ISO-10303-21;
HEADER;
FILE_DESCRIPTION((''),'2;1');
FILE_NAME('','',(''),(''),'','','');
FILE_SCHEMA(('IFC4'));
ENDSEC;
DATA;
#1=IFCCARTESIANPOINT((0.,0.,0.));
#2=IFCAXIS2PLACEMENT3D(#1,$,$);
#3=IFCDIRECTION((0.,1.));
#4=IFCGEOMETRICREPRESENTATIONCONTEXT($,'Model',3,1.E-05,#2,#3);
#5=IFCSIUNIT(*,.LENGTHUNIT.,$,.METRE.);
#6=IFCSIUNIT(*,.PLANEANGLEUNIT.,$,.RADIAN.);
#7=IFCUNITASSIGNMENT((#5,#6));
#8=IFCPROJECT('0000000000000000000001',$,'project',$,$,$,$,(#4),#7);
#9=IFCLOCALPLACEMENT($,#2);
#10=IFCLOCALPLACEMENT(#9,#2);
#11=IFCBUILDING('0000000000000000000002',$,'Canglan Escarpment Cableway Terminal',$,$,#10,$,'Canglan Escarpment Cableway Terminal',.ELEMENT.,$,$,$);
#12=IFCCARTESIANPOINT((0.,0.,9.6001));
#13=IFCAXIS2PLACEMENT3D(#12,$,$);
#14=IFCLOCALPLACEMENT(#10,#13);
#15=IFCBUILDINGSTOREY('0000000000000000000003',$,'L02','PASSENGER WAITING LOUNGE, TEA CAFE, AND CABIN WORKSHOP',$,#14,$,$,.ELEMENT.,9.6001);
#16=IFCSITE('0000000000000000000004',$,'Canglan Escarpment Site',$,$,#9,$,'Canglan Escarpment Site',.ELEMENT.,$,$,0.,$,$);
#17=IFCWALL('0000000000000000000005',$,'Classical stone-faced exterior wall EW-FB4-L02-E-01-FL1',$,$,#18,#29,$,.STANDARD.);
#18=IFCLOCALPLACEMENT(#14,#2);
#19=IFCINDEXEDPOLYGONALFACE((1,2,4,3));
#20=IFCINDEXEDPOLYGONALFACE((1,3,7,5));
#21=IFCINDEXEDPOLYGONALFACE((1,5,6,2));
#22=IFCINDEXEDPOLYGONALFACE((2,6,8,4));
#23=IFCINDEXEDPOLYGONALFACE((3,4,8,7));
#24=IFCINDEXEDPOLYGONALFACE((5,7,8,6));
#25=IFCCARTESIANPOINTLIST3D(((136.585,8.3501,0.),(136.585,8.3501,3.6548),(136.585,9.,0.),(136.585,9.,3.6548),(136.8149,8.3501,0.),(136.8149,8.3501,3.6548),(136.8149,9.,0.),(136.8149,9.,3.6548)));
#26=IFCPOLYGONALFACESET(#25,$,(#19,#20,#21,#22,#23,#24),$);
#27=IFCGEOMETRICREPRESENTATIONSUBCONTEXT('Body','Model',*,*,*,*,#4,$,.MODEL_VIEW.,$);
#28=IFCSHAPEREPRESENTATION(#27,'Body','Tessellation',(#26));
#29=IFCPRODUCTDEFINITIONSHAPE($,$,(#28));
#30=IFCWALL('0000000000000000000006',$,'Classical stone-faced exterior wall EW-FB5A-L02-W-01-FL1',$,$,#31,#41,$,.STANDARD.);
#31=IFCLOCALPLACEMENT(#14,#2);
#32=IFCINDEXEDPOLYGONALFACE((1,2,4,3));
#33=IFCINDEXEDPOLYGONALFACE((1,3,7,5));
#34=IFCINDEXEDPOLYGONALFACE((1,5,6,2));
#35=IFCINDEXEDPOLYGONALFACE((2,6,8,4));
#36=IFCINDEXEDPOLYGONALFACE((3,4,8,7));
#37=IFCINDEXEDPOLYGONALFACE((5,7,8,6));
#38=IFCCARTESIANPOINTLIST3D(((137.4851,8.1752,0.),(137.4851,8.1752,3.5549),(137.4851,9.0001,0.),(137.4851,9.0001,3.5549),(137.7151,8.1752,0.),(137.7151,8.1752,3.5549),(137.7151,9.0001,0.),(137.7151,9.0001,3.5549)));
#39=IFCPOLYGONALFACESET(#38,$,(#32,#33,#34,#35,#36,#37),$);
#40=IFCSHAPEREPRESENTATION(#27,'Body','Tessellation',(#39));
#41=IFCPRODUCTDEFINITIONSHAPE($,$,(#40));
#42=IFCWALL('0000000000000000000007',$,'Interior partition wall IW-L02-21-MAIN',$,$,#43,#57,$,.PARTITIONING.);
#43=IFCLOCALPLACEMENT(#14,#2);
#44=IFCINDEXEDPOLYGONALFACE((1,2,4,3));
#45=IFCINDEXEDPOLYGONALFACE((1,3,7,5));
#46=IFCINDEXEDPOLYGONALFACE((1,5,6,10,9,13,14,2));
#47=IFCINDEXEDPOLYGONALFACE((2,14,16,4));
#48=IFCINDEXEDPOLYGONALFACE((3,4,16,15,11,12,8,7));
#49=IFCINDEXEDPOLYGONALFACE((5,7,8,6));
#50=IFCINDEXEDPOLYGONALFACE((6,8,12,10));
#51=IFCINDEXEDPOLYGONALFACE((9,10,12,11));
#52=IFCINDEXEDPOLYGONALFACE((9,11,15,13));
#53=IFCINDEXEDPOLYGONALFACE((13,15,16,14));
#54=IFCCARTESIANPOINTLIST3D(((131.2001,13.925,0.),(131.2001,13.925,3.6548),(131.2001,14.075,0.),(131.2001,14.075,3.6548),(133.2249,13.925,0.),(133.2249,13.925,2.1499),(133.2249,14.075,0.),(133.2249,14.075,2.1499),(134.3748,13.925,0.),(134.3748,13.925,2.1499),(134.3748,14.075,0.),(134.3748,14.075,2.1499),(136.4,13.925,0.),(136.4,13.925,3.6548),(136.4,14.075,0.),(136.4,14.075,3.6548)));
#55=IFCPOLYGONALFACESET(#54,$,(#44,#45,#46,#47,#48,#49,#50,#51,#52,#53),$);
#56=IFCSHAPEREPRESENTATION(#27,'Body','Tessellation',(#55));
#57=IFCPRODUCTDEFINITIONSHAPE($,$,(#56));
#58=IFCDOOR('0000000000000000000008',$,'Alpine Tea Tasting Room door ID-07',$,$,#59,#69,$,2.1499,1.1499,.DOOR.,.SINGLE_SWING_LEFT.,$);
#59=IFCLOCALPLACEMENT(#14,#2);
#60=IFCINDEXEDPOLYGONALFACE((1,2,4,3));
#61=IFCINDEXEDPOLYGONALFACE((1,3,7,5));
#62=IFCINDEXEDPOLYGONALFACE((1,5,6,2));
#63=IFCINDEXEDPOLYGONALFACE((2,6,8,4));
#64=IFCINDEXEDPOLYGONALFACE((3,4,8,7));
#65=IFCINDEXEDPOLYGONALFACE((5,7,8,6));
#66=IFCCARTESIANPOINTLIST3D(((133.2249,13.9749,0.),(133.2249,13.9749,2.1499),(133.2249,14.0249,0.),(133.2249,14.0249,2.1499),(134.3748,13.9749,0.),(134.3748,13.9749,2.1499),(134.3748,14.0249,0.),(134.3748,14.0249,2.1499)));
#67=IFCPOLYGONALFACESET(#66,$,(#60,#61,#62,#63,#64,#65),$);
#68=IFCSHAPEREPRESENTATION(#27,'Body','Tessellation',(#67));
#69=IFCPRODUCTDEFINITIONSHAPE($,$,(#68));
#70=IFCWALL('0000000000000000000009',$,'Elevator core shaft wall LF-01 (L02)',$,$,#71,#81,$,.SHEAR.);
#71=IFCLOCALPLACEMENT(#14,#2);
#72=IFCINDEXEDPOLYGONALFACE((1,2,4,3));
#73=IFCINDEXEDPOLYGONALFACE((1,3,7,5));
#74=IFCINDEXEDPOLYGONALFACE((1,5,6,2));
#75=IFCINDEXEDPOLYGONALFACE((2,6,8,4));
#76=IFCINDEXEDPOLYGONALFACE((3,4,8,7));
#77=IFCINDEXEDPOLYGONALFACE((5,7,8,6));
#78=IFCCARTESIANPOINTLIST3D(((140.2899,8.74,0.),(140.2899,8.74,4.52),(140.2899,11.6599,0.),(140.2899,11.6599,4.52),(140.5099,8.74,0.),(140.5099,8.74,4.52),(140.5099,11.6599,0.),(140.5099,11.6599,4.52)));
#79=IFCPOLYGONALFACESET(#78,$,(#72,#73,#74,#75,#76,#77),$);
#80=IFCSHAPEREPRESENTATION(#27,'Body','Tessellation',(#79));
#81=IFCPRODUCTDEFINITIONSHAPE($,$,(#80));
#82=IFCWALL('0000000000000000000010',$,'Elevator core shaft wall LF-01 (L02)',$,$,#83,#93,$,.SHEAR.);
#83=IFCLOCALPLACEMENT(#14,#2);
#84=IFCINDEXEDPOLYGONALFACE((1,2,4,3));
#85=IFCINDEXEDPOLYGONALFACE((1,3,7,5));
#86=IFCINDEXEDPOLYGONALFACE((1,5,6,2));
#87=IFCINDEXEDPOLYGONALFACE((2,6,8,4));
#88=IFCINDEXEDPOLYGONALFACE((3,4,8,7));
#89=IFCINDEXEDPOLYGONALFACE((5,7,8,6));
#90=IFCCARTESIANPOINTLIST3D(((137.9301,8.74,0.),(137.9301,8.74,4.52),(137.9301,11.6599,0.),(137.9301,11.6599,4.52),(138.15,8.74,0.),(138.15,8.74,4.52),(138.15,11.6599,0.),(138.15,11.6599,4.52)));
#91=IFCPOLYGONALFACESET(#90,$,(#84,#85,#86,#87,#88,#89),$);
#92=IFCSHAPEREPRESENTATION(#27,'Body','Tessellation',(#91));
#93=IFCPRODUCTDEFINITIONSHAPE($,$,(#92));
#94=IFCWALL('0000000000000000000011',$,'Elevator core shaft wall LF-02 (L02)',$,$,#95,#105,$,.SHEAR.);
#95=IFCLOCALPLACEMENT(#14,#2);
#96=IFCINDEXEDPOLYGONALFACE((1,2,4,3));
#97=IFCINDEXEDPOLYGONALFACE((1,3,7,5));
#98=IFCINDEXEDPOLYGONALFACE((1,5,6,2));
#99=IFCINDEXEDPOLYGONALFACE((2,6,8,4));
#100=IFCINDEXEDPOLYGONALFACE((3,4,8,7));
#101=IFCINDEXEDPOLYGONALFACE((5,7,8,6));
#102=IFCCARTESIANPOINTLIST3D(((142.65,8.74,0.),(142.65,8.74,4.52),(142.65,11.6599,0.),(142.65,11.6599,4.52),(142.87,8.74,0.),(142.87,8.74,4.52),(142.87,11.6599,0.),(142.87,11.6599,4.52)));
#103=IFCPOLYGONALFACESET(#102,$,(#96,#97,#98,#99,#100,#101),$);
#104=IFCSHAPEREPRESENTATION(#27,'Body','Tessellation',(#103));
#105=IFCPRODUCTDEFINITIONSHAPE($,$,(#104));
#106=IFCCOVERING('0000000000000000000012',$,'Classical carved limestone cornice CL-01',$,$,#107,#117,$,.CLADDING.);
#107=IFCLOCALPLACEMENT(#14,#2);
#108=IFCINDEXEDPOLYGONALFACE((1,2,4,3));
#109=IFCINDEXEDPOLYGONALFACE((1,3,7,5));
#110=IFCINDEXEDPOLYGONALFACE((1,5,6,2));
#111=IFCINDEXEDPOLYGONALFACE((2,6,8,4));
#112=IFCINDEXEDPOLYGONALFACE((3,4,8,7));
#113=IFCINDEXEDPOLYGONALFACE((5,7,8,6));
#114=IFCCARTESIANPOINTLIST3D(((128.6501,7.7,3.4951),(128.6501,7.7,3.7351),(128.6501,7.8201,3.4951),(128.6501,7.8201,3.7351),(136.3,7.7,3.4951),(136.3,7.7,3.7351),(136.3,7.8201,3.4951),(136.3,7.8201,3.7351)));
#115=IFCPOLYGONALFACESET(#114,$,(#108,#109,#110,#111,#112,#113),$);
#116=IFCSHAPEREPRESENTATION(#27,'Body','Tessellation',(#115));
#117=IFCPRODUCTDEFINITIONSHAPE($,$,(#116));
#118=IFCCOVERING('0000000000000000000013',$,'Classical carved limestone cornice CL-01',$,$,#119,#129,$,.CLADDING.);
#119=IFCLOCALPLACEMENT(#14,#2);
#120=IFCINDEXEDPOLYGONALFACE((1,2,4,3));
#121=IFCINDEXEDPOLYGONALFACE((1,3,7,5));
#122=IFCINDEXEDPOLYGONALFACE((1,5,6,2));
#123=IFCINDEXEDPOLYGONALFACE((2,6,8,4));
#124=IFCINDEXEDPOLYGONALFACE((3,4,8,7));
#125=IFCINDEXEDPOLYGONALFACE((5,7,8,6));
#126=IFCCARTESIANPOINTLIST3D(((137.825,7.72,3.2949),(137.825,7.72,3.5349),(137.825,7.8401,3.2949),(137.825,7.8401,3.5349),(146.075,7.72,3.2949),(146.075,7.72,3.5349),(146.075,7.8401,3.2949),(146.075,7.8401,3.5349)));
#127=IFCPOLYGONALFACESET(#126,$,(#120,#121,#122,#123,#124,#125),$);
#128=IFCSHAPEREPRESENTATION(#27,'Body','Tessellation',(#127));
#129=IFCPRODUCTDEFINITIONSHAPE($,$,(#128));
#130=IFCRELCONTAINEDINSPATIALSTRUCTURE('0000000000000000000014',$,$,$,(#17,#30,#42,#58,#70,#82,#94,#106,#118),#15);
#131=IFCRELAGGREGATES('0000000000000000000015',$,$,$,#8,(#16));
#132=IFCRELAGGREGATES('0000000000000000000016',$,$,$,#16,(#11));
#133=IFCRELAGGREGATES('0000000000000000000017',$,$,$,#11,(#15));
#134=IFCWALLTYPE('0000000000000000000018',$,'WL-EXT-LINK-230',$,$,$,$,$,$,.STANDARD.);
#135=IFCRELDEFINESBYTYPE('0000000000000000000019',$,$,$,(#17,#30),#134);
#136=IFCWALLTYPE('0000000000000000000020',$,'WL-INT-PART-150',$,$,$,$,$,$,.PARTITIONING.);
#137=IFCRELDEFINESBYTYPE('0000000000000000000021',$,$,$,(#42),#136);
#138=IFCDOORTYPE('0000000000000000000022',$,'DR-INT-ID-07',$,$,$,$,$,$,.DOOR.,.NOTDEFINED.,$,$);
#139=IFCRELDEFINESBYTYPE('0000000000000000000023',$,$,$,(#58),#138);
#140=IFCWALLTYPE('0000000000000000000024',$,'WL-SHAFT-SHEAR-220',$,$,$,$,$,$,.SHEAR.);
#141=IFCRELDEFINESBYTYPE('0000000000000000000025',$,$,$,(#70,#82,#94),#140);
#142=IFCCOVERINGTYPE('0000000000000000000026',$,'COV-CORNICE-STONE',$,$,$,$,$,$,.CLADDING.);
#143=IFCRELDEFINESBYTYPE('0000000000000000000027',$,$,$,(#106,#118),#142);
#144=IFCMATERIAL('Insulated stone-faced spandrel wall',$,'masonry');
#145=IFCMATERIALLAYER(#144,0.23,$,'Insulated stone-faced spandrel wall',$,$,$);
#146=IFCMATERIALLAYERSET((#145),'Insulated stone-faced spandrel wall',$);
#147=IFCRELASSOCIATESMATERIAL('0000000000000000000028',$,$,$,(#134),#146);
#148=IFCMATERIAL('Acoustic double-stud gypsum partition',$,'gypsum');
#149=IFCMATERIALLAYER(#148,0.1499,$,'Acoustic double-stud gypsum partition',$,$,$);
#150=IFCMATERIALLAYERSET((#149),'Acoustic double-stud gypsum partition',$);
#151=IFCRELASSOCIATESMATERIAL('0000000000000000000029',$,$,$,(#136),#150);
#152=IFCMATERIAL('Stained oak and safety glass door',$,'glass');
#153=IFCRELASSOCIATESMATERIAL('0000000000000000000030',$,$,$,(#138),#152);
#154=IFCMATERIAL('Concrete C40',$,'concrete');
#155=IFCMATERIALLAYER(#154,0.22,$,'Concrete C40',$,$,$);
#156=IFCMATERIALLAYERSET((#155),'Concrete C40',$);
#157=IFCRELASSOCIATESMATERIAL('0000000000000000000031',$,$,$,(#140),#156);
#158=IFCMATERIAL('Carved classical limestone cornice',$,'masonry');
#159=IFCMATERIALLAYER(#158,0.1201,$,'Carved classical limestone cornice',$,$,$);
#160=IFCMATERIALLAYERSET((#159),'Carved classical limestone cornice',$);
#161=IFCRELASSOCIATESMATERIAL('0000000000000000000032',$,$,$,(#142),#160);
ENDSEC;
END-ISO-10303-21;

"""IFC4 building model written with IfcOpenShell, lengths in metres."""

from ifc_helpers import new_model, si_unit, direction, frame, frame_2d, origin, origin_2d, place, context, subcontext, project, spatial, rectangle, extrude, material, layer, layer_set, type_object, element, fill, save


model = new_model("IFC4")

# Units and contexts
model_context = context("Model", 3, precision=1e-05, world=origin(), true_north=direction((0.0, 1.0)))
body_context = subcontext(model_context, "Body", "Model", "MODEL_VIEW")
ifc_project = project(units=[si_unit("LENGTHUNIT", "METRE"), si_unit("PLANEANGLEUNIT", "RADIAN")], contexts=[model_context])

# Site, building, storey
site_placement = place(None, origin())
site = spatial("IfcSite", under=ifc_project, at=site_placement, Name="Canglan Escarpment Site", LongName="Canglan Escarpment Site", CompositionType="ELEMENT", RefElevation=0.0)
building_placement = place(site_placement, origin())
building = spatial("IfcBuilding", under=site, at=building_placement, Name="Canglan Escarpment Cableway Terminal", LongName="Canglan Escarpment Cableway Terminal", CompositionType="ELEMENT")
storey_placement = place(building_placement, frame((0.0, 0.0, 9.6001)))
storey = spatial("IfcBuildingStorey", under=building, at=storey_placement, Name="L02", Description="PASSENGER WAITING LOUNGE, TEA CAFE, AND CABIN WORKSHOP", CompositionType="ELEMENT", Elevation=9.6001)

# Shared definitions
ifc_material_1 = material(Name="Concrete C40", Category="concrete")

# Walls
ifc_material_2 = material(Name="Insulated stone-faced spandrel wall", Category="masonry")
ifc_layer_1 = layer(ifc_material_2, 0.23, Name="Insulated stone-faced spandrel wall")
ifc_layer_set_1 = layer_set([ifc_layer_1], Name="Insulated stone-faced spandrel wall")
wall_type_1 = type_object("IfcWallType", Name="WL-EXT-LINK-230", PredefinedType="STANDARD", material=ifc_layer_set_1)
wall_1_placement = place(storey_placement, frame((136.7, 8.3501, 0.0), z_axis=(0.0, 0.0, 1.0), x_axis=(0.0, 1.0, 0.0)))
element("IfcWall", 1, at=wall_1_placement, inside=storey, type_object=wall_type_1, Name="Classical stone-faced exterior wall EW-FB4-L02-E-01-FL1", PredefinedType="STANDARD", context=body_context, shape_type="SweptSolid", body=[
    extrude(rectangle(XDim=0.6499, YDim=0.23, at=frame_2d((0.325, 0.0))), origin(), (0.0, 0.0, 1.0), 3.6548),
])
wall_2_placement = place(storey_placement, frame((137.6001, 8.175, 0.0), z_axis=(0.0, 0.0, 1.0), x_axis=(0.0, 1.0, 0.0)))
element("IfcWall", 2, at=wall_2_placement, inside=storey, type_object=wall_type_1, Name="Classical stone-faced exterior wall EW-FB5A-L02-W-01-FL1", PredefinedType="STANDARD", context=body_context, shape_type="SweptSolid", body=[
    extrude(rectangle(XDim=0.825, YDim=0.23, at=frame_2d((0.4126, 0.0))), origin(), (0.0, 0.0, 1.0), 3.5549),
])

# Wall, opening, door
ifc_material_3 = material(Name="Acoustic double-stud gypsum partition", Category="gypsum")
ifc_layer_2 = layer(ifc_material_3, 0.1499, Name="Acoustic double-stud gypsum partition")
ifc_layer_set_2 = layer_set([ifc_layer_2], Name="Acoustic double-stud gypsum partition")
wall_type_2 = type_object("IfcWallType", Name="WL-INT-PART-150", PredefinedType="PARTITIONING", material=ifc_layer_set_2)
wall_3_placement = place(storey_placement, frame((131.2, 14.0, 0.0), z_axis=(0.0, 0.0, 1.0), x_axis=(1.0, 0.0, 0.0)))
wall_3 = element("IfcWall", 3, at=wall_3_placement, inside=storey, type_object=wall_type_2, Name="Interior partition wall IW-L02-21-MAIN", PredefinedType="PARTITIONING", context=body_context, shape_type="SweptSolid", body=[
    extrude(rectangle(XDim=5.2, YDim=0.1499, at=frame_2d((2.6001, 0.0))), origin(), (0.0, 0.0, 1.0), 3.6548),
])
opening_1_placement = place(wall_3_placement, frame((2.0249, 0.0, 0.0)))
opening_1 = element("IfcOpeningElement", 4, at=opening_1_placement, cuts=wall_3, PredefinedType="OPENING", context=body_context, shape_type="SweptSolid", body=[
    extrude(rectangle(XDim=1.1499, YDim=2.1499, at=frame_2d((0.575, 1.075))), frame((0.0, 0.085, 0.0), z_axis=(0.0, -1.0, 0.0), x_axis=(1.0, 0.0, 0.0)), (0.0, 0.0, 1.0), 0.1699),
])
ifc_material_4 = material(Name="Stained oak and safety glass door", Category="glass")
door_type_1 = type_object("IfcDoorType", Name="DR-INT-ID-07", OperationType="NOTDEFINED", PredefinedType="DOOR", material=ifc_material_4)
door_1_placement = place(opening_1_placement, origin())
door_1 = element("IfcDoor", 5, at=door_1_placement, inside=storey, type_object=door_type_1, Name="Alpine Tea Tasting Room door ID-07", OperationType="SINGLE_SWING_LEFT", OverallHeight=2.1499, OverallWidth=1.1499, PredefinedType="DOOR", context=body_context, shape_type="SweptSolid", body=[
    extrude(rectangle(XDim=1.1499, YDim=2.1499, at=frame_2d((0.575, 1.075))), frame((0.0, 0.0249, 0.0), z_axis=(0.0, -1.0, 0.0), x_axis=(1.0, 0.0, 0.0)), (0.0, 0.0, 1.0), 0.05),
])
fill(opening_1, door_1)

# Wall
ifc_layer_3 = layer(ifc_material_1, 0.22, Name="Concrete C40")
ifc_layer_set_3 = layer_set([ifc_layer_3], Name="Concrete C40")
wall_type_3 = type_object("IfcWallType", Name="WL-SHAFT-SHEAR-220", PredefinedType="SHEAR", material=ifc_layer_set_3)
wall_4_placement = place(storey_placement, frame((140.3999, 8.74, 0.0), z_axis=(0.0, 0.0, 1.0), x_axis=(0.0, 1.0, 0.0)))
element("IfcWall", 6, at=wall_4_placement, inside=storey, type_object=wall_type_3, Name="Elevator core shaft wall LF-01 (L02)", PredefinedType="SHEAR", context=body_context, shape_type="SweptSolid", body=[
    extrude(rectangle(XDim=2.9199, YDim=0.22, at=frame_2d((1.46, 0.0))), origin(), (0.0, 0.0, 1.0), 4.52),
])

# Walls
wall_5_placement = place(storey_placement, frame((138.04, 11.6599, 0.0), z_axis=(0.0, 0.0, 1.0), x_axis=(0.0, -1.0, 0.0)))
element("IfcWall", 7, at=wall_5_placement, inside=storey, type_object=wall_type_3, Name="Elevator core shaft wall LF-01 (L02)", PredefinedType="SHEAR", context=body_context, shape_type="SweptSolid", body=[
    extrude(rectangle(XDim=2.9199, YDim=0.22, at=frame_2d((1.46, 0.0))), origin(), (0.0, 0.0, 1.0), 4.52),
])
wall_6_placement = place(storey_placement, frame((142.76, 8.74, 0.0), z_axis=(0.0, 0.0, 1.0), x_axis=(0.0, 1.0, 0.0)))
element("IfcWall", 8, at=wall_6_placement, inside=storey, type_object=wall_type_3, Name="Elevator core shaft wall LF-02 (L02)", PredefinedType="SHEAR", context=body_context, shape_type="SweptSolid", body=[
    extrude(rectangle(XDim=2.9199, YDim=0.22, at=frame_2d((1.46, 0.0))), origin(), (0.0, 0.0, 1.0), 4.52),
])

# Coverings
ifc_material_5 = material(Name="Carved classical limestone cornice", Category="masonry")
ifc_layer_4 = layer(ifc_material_5, 0.1201, Name="Carved classical limestone cornice")
ifc_layer_set_4 = layer_set([ifc_layer_4], Name="Carved classical limestone cornice")
covering_type = type_object("IfcCoveringType", Name="COV-CORNICE-STONE", PredefinedType="CLADDING", material=ifc_layer_set_4)
covering_1_placement = place(storey_placement, frame((132.4751, 7.76, 3.4951), z_axis=(0.0, 0.0, 1.0), x_axis=(1.0, 0.0, 0.0)))
element("IfcCovering", 9, at=covering_1_placement, inside=storey, type_object=covering_type, Name="Classical carved limestone cornice CL-01", PredefinedType="CLADDING", context=body_context, shape_type="SweptSolid", body=[
    extrude(rectangle(XDim=7.6499, YDim=0.1201, at=origin_2d()), origin(), (0.0, 0.0, 1.0), 0.24),
])
covering_2_placement = place(storey_placement, frame((141.95, 7.78, 3.2949), z_axis=(0.0, 0.0, 1.0), x_axis=(1.0, 0.0, 0.0)))
element("IfcCovering", 10, at=covering_2_placement, inside=storey, type_object=covering_type, Name="Classical carved limestone cornice CL-01", PredefinedType="CLADDING", context=body_context, shape_type="SweptSolid", body=[
    extrude(rectangle(XDim=8.25, YDim=0.1201, at=origin_2d()), origin(), (0.0, 0.0, 1.0), 0.24),
])

save(model, "model.ifc")
